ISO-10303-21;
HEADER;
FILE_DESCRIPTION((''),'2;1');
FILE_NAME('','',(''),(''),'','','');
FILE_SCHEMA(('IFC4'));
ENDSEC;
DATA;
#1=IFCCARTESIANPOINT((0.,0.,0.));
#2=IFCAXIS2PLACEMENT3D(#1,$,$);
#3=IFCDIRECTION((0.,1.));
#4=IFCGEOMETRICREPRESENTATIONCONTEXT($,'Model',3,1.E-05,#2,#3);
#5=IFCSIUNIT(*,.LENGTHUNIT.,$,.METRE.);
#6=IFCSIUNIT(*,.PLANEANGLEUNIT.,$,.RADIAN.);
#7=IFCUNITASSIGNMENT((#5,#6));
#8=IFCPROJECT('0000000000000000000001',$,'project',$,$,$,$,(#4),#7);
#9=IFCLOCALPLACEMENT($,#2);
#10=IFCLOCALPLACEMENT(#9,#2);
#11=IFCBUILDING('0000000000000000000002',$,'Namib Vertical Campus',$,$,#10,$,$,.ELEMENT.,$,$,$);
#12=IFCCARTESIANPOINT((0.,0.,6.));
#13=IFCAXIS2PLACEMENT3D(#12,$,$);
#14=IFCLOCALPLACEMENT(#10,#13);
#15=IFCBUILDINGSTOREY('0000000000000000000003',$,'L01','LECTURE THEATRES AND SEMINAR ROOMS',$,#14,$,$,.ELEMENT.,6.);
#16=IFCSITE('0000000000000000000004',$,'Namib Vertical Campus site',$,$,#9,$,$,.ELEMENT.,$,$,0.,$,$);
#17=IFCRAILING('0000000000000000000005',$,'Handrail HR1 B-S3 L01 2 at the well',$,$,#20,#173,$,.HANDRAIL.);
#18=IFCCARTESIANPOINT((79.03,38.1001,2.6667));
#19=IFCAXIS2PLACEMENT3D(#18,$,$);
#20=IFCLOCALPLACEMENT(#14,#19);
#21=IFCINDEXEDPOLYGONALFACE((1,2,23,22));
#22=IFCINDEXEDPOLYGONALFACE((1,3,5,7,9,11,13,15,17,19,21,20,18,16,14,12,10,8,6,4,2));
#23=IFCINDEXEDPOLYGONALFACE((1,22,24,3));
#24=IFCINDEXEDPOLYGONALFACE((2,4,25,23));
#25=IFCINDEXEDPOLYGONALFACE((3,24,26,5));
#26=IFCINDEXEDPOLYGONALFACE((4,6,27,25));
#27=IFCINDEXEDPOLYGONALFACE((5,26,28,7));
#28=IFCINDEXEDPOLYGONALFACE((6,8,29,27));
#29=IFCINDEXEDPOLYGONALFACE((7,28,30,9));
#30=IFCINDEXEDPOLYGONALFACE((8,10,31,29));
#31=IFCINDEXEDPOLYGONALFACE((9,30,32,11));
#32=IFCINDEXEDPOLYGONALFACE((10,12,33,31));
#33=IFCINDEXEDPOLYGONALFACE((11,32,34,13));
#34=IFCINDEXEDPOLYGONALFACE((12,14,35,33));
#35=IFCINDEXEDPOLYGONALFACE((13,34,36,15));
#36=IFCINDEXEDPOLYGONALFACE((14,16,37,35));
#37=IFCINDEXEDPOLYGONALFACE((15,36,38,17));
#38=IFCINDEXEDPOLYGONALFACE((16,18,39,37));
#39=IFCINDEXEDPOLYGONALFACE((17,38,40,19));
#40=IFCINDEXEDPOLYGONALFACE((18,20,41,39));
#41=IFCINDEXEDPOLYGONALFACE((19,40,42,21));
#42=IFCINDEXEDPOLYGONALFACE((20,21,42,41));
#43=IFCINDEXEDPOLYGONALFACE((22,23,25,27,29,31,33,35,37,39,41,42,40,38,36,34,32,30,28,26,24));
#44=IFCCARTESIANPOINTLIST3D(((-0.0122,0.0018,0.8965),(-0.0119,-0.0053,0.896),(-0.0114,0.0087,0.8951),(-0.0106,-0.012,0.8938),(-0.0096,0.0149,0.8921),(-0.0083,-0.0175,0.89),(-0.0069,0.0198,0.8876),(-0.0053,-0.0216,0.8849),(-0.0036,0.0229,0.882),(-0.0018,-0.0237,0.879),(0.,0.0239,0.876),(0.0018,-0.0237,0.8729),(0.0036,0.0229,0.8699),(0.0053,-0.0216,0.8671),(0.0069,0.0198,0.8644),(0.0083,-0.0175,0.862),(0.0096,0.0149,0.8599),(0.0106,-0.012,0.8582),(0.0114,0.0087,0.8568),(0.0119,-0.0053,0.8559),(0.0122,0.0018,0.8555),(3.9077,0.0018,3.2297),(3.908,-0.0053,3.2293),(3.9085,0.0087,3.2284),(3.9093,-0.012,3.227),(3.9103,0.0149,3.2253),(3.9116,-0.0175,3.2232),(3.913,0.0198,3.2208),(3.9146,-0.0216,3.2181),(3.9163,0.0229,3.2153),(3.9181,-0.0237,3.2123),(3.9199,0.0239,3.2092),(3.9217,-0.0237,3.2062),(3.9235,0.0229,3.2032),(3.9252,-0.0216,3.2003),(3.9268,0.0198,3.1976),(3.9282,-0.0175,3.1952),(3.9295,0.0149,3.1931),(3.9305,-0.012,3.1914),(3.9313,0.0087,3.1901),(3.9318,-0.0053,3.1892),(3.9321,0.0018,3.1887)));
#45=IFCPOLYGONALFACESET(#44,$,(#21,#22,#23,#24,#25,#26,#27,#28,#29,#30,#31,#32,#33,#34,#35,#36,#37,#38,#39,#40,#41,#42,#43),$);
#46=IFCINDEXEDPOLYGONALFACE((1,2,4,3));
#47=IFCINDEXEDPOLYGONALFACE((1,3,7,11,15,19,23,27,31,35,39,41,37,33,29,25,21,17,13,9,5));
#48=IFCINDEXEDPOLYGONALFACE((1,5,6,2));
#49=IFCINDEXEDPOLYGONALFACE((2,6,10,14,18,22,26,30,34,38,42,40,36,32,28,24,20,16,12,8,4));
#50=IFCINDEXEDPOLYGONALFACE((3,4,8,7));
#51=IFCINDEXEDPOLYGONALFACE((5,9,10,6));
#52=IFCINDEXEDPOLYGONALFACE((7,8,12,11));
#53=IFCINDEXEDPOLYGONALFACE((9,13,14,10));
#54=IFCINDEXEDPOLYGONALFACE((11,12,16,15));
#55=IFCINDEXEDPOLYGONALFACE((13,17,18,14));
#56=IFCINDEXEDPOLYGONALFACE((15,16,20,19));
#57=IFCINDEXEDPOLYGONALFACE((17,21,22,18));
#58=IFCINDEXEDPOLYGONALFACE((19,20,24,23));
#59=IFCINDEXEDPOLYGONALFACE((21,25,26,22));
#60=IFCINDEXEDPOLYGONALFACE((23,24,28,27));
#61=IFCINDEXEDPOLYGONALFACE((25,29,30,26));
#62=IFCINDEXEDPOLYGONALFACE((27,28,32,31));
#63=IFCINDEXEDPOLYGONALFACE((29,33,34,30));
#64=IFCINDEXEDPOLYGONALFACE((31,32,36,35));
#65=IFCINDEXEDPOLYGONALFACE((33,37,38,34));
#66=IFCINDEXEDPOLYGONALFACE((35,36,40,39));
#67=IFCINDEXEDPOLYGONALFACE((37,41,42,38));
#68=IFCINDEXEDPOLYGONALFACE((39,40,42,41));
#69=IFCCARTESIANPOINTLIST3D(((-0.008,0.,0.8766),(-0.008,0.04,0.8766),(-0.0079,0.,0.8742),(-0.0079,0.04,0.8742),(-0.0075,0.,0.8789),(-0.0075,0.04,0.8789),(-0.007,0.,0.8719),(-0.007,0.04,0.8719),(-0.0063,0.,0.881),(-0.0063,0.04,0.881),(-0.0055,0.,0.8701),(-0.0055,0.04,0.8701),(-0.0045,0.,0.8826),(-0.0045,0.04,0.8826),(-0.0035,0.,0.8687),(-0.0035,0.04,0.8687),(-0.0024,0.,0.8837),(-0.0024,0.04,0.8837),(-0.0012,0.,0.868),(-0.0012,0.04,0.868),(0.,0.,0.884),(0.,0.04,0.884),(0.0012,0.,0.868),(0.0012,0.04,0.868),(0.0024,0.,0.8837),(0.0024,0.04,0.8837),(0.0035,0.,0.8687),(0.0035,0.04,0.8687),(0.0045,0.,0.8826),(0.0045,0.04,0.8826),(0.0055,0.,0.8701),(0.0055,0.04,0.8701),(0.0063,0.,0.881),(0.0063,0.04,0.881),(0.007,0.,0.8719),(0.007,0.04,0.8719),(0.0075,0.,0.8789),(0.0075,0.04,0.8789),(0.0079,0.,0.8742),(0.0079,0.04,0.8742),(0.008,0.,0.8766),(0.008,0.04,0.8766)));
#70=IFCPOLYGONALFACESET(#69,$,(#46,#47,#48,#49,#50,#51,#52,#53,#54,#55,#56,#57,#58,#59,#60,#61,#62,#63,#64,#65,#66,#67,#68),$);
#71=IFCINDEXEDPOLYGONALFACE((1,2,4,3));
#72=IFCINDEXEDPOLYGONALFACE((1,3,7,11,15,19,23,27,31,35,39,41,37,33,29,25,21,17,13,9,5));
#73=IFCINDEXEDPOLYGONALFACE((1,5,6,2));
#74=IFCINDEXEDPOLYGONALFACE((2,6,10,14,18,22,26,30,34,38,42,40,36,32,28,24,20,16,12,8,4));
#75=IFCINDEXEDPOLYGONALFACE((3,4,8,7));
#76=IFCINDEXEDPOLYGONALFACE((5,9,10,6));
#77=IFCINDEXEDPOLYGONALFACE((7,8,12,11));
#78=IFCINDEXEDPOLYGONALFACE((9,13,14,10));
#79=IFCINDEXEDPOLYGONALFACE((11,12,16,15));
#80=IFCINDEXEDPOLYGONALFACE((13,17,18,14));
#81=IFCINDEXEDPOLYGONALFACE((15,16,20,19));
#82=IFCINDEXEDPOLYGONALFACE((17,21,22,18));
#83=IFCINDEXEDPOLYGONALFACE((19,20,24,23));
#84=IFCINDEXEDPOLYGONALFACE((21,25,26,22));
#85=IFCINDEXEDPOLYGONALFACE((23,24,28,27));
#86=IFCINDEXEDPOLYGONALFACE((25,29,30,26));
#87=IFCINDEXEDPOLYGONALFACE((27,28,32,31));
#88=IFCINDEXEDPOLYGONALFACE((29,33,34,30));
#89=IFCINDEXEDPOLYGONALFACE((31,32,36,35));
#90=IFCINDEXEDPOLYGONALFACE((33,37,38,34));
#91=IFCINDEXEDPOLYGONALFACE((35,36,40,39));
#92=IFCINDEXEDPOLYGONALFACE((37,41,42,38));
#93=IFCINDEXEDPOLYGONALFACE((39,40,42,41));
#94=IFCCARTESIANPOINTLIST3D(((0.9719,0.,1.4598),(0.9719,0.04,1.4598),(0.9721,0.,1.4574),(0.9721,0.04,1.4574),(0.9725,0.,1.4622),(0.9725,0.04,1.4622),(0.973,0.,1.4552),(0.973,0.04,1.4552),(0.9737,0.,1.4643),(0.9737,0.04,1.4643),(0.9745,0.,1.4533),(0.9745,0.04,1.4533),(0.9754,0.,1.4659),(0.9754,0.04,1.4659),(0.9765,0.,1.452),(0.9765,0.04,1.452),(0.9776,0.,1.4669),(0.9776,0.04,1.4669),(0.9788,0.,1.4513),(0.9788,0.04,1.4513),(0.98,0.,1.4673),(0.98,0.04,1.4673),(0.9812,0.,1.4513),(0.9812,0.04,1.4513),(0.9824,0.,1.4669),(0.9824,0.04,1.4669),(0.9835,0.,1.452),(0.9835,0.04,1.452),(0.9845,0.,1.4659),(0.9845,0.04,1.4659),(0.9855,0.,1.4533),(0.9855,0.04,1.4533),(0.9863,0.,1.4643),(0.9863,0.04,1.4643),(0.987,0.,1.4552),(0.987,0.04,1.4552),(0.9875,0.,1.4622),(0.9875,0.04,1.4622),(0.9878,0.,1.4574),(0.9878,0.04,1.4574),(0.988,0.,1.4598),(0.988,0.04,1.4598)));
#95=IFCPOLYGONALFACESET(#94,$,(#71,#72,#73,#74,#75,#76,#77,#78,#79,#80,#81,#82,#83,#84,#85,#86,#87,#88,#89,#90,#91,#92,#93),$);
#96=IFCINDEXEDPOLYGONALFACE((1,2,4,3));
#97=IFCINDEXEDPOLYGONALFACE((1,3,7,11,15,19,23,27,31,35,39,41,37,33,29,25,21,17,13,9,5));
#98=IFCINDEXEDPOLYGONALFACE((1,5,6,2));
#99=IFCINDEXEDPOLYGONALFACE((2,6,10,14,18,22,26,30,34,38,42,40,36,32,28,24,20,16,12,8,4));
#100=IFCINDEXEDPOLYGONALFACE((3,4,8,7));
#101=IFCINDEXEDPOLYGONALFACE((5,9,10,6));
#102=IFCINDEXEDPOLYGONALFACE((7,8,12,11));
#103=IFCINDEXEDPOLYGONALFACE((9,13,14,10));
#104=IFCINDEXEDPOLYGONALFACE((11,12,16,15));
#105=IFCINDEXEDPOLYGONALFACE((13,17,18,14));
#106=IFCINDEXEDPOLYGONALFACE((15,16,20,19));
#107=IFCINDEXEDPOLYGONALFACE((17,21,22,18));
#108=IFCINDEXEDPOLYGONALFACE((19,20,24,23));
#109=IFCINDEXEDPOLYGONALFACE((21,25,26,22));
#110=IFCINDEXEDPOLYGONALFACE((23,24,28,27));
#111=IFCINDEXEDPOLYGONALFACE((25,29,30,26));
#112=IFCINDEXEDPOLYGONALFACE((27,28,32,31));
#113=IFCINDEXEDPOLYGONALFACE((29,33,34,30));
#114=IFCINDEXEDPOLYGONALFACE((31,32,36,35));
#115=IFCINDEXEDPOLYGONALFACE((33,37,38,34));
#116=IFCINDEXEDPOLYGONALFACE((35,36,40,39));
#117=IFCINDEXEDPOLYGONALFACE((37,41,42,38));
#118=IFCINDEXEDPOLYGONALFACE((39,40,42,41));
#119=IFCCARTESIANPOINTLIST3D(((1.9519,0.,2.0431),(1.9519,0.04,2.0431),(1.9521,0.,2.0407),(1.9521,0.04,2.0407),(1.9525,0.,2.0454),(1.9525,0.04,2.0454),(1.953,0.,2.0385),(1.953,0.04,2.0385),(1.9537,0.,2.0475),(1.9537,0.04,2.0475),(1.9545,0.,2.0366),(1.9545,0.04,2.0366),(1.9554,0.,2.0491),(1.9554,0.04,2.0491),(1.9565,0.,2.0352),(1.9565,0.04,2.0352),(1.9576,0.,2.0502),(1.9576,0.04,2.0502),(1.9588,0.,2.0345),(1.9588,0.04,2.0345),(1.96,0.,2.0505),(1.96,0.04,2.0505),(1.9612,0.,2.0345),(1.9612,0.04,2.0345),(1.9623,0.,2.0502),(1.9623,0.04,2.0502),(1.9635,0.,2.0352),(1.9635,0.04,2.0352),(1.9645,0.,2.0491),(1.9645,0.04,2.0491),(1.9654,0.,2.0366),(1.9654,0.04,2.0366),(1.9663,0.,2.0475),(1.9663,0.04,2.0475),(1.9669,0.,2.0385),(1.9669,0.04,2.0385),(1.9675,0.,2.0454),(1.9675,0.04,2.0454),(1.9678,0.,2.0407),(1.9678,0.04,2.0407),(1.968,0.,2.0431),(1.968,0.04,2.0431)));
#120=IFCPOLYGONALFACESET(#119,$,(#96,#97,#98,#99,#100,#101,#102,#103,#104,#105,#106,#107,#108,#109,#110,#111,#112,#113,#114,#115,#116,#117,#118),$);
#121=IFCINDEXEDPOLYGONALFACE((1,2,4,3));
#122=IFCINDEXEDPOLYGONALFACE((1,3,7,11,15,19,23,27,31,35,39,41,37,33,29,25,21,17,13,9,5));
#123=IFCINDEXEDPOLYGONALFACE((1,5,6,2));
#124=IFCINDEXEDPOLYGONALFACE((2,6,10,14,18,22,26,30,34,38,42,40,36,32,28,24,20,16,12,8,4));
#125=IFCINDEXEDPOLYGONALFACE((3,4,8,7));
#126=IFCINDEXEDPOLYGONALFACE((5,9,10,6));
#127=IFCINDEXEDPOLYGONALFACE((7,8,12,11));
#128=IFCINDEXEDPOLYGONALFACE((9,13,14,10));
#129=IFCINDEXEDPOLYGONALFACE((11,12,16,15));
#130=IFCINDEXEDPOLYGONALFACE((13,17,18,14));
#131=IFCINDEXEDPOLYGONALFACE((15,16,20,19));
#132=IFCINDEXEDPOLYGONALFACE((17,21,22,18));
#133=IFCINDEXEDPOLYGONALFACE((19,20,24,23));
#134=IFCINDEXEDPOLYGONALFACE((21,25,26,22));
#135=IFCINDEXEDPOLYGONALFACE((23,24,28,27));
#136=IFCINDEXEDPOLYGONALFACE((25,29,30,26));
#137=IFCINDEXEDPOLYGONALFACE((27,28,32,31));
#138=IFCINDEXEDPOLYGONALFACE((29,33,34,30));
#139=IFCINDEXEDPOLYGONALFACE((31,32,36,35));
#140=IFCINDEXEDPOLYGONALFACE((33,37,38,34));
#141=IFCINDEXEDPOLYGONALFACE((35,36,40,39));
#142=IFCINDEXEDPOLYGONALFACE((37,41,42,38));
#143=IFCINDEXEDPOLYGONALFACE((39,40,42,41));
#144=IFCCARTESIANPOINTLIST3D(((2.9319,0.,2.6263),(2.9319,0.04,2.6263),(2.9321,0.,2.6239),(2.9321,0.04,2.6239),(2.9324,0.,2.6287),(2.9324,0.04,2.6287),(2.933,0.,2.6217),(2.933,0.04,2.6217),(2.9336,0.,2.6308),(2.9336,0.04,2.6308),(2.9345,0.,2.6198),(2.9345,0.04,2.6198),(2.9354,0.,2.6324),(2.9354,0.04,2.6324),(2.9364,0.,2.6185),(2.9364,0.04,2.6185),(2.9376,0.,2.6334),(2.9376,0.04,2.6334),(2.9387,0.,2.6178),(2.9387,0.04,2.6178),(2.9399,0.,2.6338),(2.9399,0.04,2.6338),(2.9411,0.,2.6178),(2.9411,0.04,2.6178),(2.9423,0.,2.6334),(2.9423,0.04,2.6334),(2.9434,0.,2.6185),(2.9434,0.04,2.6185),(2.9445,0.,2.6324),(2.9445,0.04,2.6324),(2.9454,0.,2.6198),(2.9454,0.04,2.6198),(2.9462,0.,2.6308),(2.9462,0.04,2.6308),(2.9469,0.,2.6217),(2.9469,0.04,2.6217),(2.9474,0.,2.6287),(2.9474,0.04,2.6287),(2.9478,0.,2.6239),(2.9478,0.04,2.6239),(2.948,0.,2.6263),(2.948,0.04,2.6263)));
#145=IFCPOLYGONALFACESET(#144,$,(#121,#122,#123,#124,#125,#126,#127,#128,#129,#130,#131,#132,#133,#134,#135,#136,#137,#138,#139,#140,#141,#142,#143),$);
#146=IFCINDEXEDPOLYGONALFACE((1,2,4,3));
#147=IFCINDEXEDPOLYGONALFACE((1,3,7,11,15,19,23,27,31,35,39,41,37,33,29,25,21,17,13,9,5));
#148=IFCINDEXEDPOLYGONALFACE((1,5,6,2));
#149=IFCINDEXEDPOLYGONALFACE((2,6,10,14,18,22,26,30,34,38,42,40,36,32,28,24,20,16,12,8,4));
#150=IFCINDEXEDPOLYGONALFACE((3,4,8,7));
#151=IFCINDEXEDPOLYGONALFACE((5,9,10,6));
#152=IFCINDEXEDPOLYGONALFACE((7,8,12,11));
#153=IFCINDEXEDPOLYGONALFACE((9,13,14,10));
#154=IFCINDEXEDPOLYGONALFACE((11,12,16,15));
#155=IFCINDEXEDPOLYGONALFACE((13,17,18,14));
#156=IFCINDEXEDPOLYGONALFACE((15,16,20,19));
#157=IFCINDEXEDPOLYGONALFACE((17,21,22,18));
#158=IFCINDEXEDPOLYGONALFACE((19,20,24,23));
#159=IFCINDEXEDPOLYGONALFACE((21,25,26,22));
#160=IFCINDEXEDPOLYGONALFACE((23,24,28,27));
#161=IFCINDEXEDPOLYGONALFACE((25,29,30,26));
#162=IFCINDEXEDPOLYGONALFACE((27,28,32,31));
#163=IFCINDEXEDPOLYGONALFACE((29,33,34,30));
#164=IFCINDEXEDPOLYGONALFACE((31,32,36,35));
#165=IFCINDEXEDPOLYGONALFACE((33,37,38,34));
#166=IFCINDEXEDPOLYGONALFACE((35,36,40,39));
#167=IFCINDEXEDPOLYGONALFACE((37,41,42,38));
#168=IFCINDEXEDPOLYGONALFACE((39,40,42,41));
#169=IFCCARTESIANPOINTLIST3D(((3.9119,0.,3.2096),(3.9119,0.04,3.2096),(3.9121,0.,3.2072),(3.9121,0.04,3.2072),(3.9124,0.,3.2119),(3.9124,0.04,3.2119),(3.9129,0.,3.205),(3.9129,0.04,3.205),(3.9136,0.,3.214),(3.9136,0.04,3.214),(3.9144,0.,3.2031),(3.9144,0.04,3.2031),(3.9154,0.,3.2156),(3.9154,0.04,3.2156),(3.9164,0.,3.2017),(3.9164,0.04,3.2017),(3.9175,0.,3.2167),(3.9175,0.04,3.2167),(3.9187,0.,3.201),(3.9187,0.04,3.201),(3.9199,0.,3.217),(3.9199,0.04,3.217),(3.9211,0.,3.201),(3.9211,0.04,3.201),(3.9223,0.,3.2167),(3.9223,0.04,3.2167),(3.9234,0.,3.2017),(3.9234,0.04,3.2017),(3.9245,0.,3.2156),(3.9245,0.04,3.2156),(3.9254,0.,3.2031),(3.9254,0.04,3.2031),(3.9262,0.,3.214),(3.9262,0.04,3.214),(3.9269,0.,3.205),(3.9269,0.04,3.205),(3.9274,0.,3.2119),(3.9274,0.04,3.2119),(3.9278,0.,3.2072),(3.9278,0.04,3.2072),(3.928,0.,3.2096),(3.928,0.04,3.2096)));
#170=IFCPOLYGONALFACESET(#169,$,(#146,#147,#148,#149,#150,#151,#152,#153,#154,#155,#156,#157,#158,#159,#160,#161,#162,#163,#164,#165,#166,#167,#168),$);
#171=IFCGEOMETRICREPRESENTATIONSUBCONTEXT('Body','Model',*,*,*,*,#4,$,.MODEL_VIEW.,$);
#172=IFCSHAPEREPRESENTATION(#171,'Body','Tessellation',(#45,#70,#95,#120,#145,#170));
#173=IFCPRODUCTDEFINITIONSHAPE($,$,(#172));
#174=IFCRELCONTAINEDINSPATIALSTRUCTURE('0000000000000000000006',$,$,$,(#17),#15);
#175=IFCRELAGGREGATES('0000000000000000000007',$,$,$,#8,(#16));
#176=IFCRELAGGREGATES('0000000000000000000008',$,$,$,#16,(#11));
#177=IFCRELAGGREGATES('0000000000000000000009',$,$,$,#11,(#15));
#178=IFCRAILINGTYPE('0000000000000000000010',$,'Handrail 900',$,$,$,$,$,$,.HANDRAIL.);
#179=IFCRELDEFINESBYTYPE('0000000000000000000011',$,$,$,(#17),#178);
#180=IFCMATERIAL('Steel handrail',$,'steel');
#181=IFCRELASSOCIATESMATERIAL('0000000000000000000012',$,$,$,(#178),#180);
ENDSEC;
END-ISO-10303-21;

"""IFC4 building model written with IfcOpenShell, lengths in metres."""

from ifc_helpers import new_model, si_unit, direction, frame, origin, origin_2d, place, context, subcontext, project, spatial, circle, extrude, material, type_object, element, save


model = new_model("IFC4")

# Units and contexts
model_context = context("Model", 3, precision=1e-05, world=origin(), true_north=direction((0.0, 1.0)))
body_context = subcontext(model_context, "Body", "Model", "MODEL_VIEW")
ifc_project = project(units=[si_unit("LENGTHUNIT", "METRE"), si_unit("PLANEANGLEUNIT", "RADIAN")], contexts=[model_context])

# Site, building, storey
site_placement = place(None, origin())
site = spatial("IfcSite", under=ifc_project, at=site_placement, Name="Namib Vertical Campus site", CompositionType="ELEMENT", RefElevation=0.0)
building_placement = place(site_placement, origin())
building = spatial("IfcBuilding", under=site, at=building_placement, Name="Namib Vertical Campus", CompositionType="ELEMENT")
storey_placement = place(building_placement, frame((0.0, 0.0, 6.0)))
storey = spatial("IfcBuildingStorey", under=building, at=storey_placement, Name="L01", Description="LECTURE THEATRES AND SEMINAR ROOMS", CompositionType="ELEMENT", Elevation=6.0)

# Railing
ifc_material_1 = material(Name="Steel handrail", Category="steel")
railing_type_1 = type_object("IfcRailingType", Name="Handrail 900", PredefinedType="HANDRAIL", material=ifc_material_1)
railing_1_placement = place(storey_placement, frame((79.03, 38.1001, 2.6667)))
element("IfcRailing", 1, at=railing_1_placement, inside=storey, type_object=railing_type_1, Name="Handrail HR1 B-S3 L01 2 at the well", PredefinedType="HANDRAIL", context=body_context, shape_type="SweptSolid", body=[
    extrude(circle(Radius=0.0239, at=origin_2d()), frame((0.0, 0.0, 0.876), z_axis=(0.859296, 0.0, 0.511478), x_axis=(0.0, 1.0, 0.0)), (0.0, 0.0, 1.0), 4.5618),
    extrude(circle(Radius=0.0081, at=origin_2d()), frame((0.0, 0.0, 0.876), z_axis=(0.0, 1.0, 0.0), x_axis=(0.0, 0.0, 1.0)), (0.0, 0.0, 1.0), 0.04),
    extrude(circle(Radius=0.0081, at=origin_2d()), frame((0.98, 0.0, 1.4592), z_axis=(0.0, 1.0, 0.0), x_axis=(0.0, 0.0, 1.0)), (0.0, 0.0, 1.0), 0.04),
    extrude(circle(Radius=0.0081, at=origin_2d()), frame((1.96, 0.0, 2.0425), z_axis=(0.0, 1.0, 0.0), x_axis=(0.0, 0.0, 1.0)), (0.0, 0.0, 1.0), 0.04),
    extrude(circle(Radius=0.0081, at=origin_2d()), frame((2.9399, 0.0, 2.6257), z_axis=(0.0, 1.0, 0.0), x_axis=(0.0, 0.0, 1.0)), (0.0, 0.0, 1.0), 0.04),
    extrude(circle(Radius=0.0081, at=origin_2d()), frame((3.9199, 0.0, 3.209), z_axis=(0.0, 1.0, 0.0), x_axis=(0.0, 0.0, 1.0)), (0.0, 0.0, 1.0), 0.04),
])

save(model, "model.ifc")
